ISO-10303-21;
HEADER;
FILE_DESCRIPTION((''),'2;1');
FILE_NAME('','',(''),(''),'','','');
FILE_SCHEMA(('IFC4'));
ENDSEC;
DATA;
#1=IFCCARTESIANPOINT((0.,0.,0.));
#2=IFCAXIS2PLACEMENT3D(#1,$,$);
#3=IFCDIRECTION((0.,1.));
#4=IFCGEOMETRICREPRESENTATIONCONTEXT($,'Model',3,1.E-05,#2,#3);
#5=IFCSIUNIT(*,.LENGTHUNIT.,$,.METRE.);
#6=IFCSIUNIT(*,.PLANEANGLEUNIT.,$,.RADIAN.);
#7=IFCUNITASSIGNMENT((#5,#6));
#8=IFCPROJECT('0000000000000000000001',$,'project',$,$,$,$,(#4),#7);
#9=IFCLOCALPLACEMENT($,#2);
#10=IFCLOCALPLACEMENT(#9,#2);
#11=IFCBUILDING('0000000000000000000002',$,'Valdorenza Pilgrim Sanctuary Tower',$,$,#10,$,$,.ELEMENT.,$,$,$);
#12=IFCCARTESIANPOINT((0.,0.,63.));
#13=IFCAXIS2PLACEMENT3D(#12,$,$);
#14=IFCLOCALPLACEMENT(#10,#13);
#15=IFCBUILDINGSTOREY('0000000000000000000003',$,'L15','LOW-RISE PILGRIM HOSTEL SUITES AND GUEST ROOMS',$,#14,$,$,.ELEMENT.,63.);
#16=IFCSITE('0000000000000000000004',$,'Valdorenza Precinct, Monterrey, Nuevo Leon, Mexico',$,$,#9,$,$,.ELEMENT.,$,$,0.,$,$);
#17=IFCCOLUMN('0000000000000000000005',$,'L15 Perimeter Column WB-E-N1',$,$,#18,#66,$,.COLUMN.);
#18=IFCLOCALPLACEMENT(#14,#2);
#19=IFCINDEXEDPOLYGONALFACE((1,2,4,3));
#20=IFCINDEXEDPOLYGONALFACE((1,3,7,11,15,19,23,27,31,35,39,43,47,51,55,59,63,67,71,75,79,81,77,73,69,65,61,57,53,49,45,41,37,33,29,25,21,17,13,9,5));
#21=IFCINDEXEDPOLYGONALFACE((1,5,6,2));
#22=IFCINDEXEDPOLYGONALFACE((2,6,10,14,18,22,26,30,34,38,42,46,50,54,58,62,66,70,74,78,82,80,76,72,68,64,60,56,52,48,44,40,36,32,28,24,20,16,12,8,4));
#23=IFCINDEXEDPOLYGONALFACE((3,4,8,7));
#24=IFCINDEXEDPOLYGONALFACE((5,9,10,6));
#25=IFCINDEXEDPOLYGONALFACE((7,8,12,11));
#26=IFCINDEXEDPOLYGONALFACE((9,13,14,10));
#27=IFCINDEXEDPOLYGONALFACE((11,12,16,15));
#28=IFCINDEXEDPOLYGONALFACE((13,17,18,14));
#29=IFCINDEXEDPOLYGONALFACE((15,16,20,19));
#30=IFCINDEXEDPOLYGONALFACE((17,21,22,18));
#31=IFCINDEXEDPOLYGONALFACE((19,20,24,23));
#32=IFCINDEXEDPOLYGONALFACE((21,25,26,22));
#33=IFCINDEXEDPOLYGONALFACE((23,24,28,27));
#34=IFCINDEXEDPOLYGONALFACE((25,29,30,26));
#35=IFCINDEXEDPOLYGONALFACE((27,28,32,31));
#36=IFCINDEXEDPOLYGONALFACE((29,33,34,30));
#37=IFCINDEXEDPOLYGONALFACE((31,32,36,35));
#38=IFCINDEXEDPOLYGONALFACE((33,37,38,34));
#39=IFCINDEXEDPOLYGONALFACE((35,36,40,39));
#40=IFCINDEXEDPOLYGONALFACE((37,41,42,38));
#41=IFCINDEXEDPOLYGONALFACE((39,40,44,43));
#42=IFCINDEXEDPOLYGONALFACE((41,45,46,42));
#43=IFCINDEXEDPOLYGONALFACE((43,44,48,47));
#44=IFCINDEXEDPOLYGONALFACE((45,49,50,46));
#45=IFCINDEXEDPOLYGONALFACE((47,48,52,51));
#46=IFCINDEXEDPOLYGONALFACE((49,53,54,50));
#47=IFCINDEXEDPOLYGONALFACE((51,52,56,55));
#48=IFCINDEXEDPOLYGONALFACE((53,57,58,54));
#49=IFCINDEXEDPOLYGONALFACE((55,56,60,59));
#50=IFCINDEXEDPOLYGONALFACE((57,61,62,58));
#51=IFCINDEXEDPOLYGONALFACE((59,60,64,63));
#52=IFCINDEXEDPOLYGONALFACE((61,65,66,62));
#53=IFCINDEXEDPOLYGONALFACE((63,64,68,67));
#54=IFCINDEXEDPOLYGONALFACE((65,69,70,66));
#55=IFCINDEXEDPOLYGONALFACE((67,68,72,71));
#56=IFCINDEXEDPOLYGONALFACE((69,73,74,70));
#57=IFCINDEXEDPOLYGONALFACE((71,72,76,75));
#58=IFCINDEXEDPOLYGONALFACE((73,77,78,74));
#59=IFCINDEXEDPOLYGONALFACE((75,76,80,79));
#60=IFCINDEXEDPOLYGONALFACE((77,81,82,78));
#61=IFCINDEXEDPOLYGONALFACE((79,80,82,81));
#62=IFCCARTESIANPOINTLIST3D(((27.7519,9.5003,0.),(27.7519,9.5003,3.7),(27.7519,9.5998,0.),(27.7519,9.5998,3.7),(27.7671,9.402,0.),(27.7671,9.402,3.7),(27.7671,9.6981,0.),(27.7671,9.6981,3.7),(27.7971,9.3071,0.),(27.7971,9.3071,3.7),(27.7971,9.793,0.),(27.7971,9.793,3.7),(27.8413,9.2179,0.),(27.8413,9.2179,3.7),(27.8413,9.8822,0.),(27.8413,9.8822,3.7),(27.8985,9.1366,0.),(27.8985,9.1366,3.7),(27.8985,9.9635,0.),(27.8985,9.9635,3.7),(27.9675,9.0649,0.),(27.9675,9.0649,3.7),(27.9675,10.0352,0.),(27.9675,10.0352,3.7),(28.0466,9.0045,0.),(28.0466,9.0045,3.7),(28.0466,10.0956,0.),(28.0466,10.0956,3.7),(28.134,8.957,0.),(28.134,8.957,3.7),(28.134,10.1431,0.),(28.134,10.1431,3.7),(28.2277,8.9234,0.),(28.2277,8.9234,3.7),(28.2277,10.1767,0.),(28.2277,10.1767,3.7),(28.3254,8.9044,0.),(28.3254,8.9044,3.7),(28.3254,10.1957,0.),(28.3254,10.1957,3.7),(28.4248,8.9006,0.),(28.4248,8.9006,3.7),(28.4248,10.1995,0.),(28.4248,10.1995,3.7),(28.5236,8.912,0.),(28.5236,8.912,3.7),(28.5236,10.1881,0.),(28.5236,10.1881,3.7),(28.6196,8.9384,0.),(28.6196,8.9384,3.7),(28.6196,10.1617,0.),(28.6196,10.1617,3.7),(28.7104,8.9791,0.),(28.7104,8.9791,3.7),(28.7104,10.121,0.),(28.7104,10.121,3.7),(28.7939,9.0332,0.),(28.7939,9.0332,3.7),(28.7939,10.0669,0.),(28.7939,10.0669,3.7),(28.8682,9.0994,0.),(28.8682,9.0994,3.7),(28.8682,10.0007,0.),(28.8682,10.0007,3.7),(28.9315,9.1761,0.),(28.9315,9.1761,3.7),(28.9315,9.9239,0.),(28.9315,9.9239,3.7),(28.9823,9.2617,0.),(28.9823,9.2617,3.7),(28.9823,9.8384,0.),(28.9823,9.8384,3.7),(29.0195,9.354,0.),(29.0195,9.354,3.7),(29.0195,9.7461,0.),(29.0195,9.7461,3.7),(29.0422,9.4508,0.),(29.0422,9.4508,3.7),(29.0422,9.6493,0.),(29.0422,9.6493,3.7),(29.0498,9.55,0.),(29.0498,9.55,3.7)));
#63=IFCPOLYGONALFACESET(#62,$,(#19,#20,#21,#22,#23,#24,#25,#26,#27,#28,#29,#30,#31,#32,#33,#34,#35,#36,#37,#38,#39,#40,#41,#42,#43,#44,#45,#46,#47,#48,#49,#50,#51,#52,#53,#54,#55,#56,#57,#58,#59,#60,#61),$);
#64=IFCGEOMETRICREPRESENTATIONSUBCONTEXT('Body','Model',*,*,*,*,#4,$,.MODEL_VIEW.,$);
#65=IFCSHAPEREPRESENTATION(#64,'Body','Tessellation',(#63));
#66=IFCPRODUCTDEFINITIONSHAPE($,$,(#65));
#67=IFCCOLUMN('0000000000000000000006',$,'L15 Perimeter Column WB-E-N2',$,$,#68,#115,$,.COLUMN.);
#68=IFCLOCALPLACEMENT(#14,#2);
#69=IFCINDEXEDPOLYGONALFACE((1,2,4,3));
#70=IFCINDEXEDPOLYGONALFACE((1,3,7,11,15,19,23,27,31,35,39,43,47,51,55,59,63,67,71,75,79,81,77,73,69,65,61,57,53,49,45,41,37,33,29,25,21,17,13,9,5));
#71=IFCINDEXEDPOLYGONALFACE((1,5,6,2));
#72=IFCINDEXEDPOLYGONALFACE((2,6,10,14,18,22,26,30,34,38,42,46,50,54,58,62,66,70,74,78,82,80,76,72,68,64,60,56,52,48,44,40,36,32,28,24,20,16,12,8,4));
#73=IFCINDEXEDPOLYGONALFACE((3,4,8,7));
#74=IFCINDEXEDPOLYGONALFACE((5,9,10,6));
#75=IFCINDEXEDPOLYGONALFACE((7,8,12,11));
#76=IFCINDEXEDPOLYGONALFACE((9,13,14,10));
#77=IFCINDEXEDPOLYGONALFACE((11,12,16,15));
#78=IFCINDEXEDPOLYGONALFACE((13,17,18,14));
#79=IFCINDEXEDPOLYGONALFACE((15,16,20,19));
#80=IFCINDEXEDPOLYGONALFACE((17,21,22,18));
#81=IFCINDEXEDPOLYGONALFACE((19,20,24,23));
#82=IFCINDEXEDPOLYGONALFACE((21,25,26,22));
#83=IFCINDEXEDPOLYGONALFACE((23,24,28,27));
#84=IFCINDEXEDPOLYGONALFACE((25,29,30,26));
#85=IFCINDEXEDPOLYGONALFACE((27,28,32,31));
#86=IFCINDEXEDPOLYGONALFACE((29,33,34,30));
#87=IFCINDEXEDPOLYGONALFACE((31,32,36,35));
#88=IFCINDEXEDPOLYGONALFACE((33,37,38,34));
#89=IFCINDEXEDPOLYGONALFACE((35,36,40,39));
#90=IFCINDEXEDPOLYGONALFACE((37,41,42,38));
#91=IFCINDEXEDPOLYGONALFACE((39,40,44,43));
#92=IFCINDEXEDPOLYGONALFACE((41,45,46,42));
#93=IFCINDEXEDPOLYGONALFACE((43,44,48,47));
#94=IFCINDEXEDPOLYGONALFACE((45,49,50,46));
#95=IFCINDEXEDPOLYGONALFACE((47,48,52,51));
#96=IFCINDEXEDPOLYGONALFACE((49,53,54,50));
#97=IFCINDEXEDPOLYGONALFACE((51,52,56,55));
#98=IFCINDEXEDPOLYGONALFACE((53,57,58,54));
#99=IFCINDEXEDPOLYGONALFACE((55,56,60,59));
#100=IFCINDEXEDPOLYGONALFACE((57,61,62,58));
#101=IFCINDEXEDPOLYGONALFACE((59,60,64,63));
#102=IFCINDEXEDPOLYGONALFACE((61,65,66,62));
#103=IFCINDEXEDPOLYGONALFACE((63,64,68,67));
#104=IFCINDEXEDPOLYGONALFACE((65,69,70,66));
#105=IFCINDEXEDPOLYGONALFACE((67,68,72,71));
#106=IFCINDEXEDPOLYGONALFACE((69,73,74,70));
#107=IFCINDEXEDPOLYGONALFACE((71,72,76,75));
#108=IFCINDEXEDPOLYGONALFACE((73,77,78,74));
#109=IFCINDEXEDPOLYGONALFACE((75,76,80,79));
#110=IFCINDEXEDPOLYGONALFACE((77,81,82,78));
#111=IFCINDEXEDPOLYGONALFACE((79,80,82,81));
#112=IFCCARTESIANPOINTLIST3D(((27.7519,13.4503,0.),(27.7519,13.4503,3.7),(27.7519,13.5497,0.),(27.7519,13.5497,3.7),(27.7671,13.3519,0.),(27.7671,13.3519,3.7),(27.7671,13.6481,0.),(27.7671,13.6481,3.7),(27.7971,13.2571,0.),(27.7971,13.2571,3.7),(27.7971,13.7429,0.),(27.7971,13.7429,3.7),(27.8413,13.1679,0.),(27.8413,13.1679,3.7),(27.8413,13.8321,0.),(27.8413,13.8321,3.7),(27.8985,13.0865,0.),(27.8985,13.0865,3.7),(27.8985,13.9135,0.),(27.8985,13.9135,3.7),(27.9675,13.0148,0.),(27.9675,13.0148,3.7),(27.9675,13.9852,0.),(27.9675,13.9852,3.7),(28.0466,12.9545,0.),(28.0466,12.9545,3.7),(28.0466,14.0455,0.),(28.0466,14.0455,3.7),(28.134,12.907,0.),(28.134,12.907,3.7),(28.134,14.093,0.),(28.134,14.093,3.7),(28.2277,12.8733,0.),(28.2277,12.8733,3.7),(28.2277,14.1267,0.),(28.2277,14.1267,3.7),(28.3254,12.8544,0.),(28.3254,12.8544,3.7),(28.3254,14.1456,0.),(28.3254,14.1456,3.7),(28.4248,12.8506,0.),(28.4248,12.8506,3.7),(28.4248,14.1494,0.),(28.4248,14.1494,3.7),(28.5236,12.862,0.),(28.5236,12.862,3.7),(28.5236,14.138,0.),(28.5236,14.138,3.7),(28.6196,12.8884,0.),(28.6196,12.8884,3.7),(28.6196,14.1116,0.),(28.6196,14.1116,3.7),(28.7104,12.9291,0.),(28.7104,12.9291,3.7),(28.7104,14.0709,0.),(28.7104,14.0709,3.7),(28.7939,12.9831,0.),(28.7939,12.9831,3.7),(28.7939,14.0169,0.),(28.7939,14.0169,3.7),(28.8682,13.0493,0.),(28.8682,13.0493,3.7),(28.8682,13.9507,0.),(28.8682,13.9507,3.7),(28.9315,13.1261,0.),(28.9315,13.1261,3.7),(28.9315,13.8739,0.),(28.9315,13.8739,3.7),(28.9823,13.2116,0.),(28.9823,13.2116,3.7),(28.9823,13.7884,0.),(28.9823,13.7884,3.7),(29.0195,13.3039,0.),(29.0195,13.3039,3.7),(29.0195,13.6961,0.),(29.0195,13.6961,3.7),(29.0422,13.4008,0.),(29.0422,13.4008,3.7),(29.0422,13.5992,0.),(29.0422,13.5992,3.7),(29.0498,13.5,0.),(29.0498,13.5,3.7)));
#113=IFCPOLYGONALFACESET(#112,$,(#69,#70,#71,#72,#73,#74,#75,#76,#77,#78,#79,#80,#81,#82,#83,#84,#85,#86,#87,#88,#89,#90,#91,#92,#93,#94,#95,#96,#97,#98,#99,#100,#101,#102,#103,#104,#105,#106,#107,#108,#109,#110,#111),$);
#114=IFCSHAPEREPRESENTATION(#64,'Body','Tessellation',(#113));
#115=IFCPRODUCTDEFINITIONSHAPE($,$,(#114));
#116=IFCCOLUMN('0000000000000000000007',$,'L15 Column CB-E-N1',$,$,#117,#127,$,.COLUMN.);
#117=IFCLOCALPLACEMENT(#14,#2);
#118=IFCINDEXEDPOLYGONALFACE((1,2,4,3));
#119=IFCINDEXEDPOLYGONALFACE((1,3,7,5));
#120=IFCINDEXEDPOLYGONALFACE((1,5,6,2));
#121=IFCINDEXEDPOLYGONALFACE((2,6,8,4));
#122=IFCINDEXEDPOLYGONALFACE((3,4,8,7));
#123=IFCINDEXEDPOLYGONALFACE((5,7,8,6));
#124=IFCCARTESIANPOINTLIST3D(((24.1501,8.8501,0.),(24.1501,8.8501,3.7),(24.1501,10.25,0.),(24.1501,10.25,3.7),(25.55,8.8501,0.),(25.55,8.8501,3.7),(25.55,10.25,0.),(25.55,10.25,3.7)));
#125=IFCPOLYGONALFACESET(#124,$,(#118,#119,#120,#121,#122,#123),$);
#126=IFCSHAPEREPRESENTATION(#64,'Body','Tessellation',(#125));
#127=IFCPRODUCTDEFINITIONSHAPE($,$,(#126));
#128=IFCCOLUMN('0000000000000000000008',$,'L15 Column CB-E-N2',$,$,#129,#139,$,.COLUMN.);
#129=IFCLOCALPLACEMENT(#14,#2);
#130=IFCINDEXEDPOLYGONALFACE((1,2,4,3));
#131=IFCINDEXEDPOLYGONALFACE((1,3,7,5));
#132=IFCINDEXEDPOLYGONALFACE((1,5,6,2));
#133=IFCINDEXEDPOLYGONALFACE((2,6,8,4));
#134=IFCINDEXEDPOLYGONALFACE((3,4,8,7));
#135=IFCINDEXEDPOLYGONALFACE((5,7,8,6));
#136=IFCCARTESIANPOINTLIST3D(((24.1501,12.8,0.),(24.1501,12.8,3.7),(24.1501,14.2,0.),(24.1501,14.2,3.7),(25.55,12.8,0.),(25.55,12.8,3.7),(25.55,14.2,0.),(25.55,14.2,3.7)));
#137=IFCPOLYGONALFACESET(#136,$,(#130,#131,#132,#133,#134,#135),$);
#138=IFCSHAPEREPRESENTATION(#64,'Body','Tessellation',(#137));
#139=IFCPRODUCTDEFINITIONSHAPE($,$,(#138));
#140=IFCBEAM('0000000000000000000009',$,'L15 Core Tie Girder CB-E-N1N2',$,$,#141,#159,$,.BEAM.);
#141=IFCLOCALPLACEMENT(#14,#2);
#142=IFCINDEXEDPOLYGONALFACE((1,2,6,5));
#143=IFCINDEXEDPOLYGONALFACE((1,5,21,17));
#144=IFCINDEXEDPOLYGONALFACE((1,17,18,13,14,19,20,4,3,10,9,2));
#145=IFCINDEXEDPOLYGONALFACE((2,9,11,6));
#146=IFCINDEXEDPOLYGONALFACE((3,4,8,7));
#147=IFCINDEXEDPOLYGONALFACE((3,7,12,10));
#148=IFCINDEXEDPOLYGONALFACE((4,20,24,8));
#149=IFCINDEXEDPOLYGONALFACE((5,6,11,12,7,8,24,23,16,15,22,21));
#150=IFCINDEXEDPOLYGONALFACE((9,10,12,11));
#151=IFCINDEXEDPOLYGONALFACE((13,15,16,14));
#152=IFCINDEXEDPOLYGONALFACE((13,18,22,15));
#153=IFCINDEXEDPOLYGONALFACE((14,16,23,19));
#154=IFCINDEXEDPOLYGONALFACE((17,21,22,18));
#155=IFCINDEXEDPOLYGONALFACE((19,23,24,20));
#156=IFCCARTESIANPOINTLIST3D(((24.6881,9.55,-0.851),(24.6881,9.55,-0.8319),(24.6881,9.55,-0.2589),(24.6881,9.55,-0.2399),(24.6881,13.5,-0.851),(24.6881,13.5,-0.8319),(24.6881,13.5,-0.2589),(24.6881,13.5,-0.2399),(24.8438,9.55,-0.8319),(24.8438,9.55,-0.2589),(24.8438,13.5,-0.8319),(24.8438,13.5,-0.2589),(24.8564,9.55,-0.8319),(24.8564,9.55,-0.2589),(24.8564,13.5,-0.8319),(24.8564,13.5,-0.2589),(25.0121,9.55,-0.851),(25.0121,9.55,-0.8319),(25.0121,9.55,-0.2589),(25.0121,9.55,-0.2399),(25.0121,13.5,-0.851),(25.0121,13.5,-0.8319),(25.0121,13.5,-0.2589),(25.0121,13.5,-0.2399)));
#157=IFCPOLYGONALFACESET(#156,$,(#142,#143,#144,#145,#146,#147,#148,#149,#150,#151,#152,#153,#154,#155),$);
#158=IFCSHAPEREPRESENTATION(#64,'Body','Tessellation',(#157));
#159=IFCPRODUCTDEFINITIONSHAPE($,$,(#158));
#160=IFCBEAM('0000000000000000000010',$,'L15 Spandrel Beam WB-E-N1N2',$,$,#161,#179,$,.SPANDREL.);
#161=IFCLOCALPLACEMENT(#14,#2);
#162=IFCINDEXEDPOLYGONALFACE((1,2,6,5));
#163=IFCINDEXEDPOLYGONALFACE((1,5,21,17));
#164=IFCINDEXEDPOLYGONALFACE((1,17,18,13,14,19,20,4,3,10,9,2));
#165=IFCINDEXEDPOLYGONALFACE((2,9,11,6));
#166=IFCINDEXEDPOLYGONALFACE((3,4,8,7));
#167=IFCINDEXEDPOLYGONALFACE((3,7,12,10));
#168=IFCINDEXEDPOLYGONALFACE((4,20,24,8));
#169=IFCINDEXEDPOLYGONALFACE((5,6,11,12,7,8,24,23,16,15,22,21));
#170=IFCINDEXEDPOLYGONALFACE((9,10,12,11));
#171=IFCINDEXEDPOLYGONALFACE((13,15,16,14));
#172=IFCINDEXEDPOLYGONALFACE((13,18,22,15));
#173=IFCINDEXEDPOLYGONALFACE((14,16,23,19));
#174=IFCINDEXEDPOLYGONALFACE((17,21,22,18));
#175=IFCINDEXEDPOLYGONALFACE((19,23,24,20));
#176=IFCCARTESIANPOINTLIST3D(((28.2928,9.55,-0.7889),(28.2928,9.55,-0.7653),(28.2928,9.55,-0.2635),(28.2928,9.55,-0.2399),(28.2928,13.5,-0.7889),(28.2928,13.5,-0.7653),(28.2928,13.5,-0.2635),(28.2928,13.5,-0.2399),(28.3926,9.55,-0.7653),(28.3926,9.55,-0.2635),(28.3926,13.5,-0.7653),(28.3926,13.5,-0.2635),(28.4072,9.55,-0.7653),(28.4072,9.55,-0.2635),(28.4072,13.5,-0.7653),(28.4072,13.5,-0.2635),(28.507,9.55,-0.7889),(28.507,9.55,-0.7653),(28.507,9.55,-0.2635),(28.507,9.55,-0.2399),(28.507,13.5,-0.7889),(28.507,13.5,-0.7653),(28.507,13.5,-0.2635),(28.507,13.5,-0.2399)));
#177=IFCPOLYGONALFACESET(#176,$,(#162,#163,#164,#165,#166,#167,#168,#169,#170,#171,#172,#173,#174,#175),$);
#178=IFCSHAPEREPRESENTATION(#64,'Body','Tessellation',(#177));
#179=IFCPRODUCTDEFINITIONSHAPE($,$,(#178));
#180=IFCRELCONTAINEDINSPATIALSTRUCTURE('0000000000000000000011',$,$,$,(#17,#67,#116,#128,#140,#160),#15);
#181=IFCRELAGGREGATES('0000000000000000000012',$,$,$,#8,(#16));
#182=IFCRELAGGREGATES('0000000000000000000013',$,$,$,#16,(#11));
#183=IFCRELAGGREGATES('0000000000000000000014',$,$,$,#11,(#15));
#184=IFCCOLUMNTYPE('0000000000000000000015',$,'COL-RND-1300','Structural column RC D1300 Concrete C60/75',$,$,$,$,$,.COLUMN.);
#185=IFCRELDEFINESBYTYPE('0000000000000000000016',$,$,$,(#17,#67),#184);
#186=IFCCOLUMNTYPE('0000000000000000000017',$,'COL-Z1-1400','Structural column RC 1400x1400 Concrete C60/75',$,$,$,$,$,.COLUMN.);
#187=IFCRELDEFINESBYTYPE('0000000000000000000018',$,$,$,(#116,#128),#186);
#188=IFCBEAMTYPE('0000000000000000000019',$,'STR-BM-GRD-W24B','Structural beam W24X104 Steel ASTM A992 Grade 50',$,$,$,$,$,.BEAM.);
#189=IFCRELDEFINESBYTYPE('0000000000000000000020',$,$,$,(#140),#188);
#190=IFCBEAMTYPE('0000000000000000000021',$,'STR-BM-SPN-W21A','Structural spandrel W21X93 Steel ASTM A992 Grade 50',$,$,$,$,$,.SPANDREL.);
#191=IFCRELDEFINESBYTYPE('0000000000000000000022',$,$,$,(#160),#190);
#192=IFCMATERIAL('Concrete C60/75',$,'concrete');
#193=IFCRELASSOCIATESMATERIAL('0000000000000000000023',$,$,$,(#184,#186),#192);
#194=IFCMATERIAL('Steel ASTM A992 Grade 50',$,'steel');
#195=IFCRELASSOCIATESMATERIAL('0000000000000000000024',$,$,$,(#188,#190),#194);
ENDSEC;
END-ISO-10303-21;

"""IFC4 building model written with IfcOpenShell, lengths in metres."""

from ifc_helpers import new_model, si_unit, direction, frame, origin, origin_2d, place, context, subcontext, project, spatial, rectangle, circle, i_section, extrude, source, transform, mapped, material, material_profile, profile_set, type_object, element, save


model = new_model("IFC4")

# Units and contexts
model_context = context("Model", 3, precision=1e-05, world=origin(), true_north=direction((0.0, 1.0)))
body_context = subcontext(model_context, "Body", "Model", "MODEL_VIEW")
ifc_project = project(units=[si_unit("LENGTHUNIT", "METRE"), si_unit("PLANEANGLEUNIT", "RADIAN")], contexts=[model_context])

# Site, building, storey
site_placement = place(None, origin())
site = spatial("IfcSite", under=ifc_project, at=site_placement, Name="Valdorenza Precinct, Monterrey, Nuevo Leon, Mexico", CompositionType="ELEMENT", RefElevation=0.0)
building_placement = place(site_placement, origin())
building = spatial("IfcBuilding", under=site, at=building_placement, Name="Valdorenza Pilgrim Sanctuary Tower", CompositionType="ELEMENT")
storey_placement = place(building_placement, frame((0.0, 0.0, 63.0)))
storey = spatial("IfcBuildingStorey", under=building, at=storey_placement, Name="L15", Description="LOW-RISE PILGRIM HOSTEL SUITES AND GUEST ROOMS", CompositionType="ELEMENT", Elevation=63.0)

# Columns
ifc_material_1 = material(Name="Concrete C60/75", Category="concrete")
ifc_material_profile_1 = material_profile(ifc_material_1, circle(Radius=0.6499, at=origin_2d()), Name="RC D1300")
ifc_profile_set_1 = profile_set([ifc_material_profile_1], Name="Concrete C60/75")
column_type_1 = type_object("IfcColumnType", Name="COL-RND-1300", Description="Structural column RC D1300 Concrete C60/75", PredefinedType="COLUMN", material=ifc_profile_set_1)
shared_shape_1 = source(origin(), body_context, "Body", "SweptSolid", [
    extrude(circle(Radius=0.6499, at=origin_2d()), origin(), (0.0, 0.0, 1.0), 3.7),
])
for number, where, z_axis, x_axis, name in (
    (1, (28.3999, 9.55, 0.0), (0.0, 0.0, 1.0), (1.0, 0.0, 0.0), "L15 Perimeter Column WB-E-N1"),
    (2, (28.3999, 13.5, 0.0), (0.0, 0.0, 1.0), (1.0, 0.0, 0.0), "L15 Perimeter Column WB-E-N2"),
):
    element("IfcColumn", number, at=place(storey_placement, frame(where, z_axis=z_axis, x_axis=x_axis)), inside=storey, type_object=column_type_1, Name=name, PredefinedType="COLUMN", context=body_context, shape_type="MappedRepresentation", body=[
        mapped(shared_shape_1, transform((0.0, 0.0, 0.0), x_axis=(1.0, 0.0, 0.0), y_axis=(0.0, 1.0, 0.0), z_axis=(0.0, 0.0, 1.0), scale=1.0)),
    ])
ifc_material_profile_2 = material_profile(ifc_material_1, rectangle(XDim=1.3999, YDim=1.3999, at=origin_2d()), Name="RC 1400x1400")
ifc_profile_set_2 = profile_set([ifc_material_profile_2], Name="Concrete C60/75")
column_type_2 = type_object("IfcColumnType", Name="COL-Z1-1400", Description="Structural column RC 1400x1400 Concrete C60/75", PredefinedType="COLUMN", material=ifc_profile_set_2)
shared_shape_2 = source(origin(), body_context, "Body", "SweptSolid", [
    extrude(rectangle(XDim=1.3999, YDim=1.3999, at=origin_2d()), origin(), (0.0, 0.0, 1.0), 3.7),
])
for number, where, z_axis, x_axis, name in (
    (3, (24.8501, 9.55, 0.0), (0.0, 0.0, 1.0), (1.0, 0.0, 0.0), "L15 Column CB-E-N1"),
    (4, (24.8501, 13.5, 0.0), (0.0, 0.0, 1.0), (1.0, 0.0, 0.0), "L15 Column CB-E-N2"),
):
    element("IfcColumn", number, at=place(storey_placement, frame(where, z_axis=z_axis, x_axis=x_axis)), inside=storey, type_object=column_type_2, Name=name, PredefinedType="COLUMN", context=body_context, shape_type="MappedRepresentation", body=[
        mapped(shared_shape_2, transform((0.0, 0.0, 0.0), x_axis=(1.0, 0.0, 0.0), y_axis=(0.0, 1.0, 0.0), z_axis=(0.0, 0.0, 1.0), scale=1.0)),
    ])

# Beams
ifc_material_2 = material(Name="Steel ASTM A992 Grade 50", Category="steel")
ifc_material_profile_3 = material_profile(ifc_material_2, i_section(OverallWidth=0.324, OverallDepth=0.6111, WebThickness=0.0127, FlangeThickness=0.019, at=origin_2d()), Name="W24X104")
ifc_profile_set_3 = profile_set([ifc_material_profile_3], Name="Steel ASTM A992 Grade 50")
beam_type_1 = type_object("IfcBeamType", Name="STR-BM-GRD-W24B", Description="Structural beam W24X104 Steel ASTM A992 Grade 50", PredefinedType="BEAM", material=ifc_profile_set_3)
shared_shape_3 = source(origin(), body_context, "Body", "SweptSolid", [
    extrude(i_section(OverallWidth=0.324, OverallDepth=0.6111, WebThickness=0.0127, FlangeThickness=0.019, at=origin_2d()), origin(), (0.0, 0.0, 1.0), 3.95),
])
beam_1_placement = place(storey_placement, frame((24.8501, 9.55, -0.5454), z_axis=(0.0, 1.0, 0.0), x_axis=(-1.0, 0.0, 0.0)))
element("IfcBeam", 5, at=beam_1_placement, inside=storey, type_object=beam_type_1, Name="L15 Core Tie Girder CB-E-N1N2", PredefinedType="BEAM", context=body_context, shape_type="MappedRepresentation", body=[
    mapped(shared_shape_3, transform((0.0, 0.0, 0.0), x_axis=(1.0, 0.0, 0.0), y_axis=(0.0, 1.0, 0.0), z_axis=(0.0, 0.0, 1.0), scale=1.0)),
])
ifc_material_profile_4 = material_profile(ifc_material_2, i_section(OverallWidth=0.2141, OverallDepth=0.5491, WebThickness=0.0146, FlangeThickness=0.0237, at=origin_2d()), Name="W21X93")
ifc_profile_set_4 = profile_set([ifc_material_profile_4], Name="Steel ASTM A992 Grade 50")
beam_type_2 = type_object("IfcBeamType", Name="STR-BM-SPN-W21A", Description="Structural spandrel W21X93 Steel ASTM A992 Grade 50", PredefinedType="SPANDREL", material=ifc_profile_set_4)
shared_shape_4 = source(origin(), body_context, "Body", "SweptSolid", [
    extrude(i_section(OverallWidth=0.2141, OverallDepth=0.5491, WebThickness=0.0146, FlangeThickness=0.0237, at=origin_2d()), origin(), (0.0, 0.0, 1.0), 3.95),
])
beam_2_placement = place(storey_placement, frame((28.3999, 9.55, -0.5144), z_axis=(0.0, 1.0, 0.0), x_axis=(-1.0, 0.0, 0.0)))
element("IfcBeam", 6, at=beam_2_placement, inside=storey, type_object=beam_type_2, Name="L15 Spandrel Beam WB-E-N1N2", PredefinedType="SPANDREL", context=body_context, shape_type="MappedRepresentation", body=[
    mapped(shared_shape_4, transform((0.0, 0.0, 0.0), x_axis=(1.0, 0.0, 0.0), y_axis=(0.0, 1.0, 0.0), z_axis=(0.0, 0.0, 1.0), scale=1.0)),
])

save(model, "model.ifc")
